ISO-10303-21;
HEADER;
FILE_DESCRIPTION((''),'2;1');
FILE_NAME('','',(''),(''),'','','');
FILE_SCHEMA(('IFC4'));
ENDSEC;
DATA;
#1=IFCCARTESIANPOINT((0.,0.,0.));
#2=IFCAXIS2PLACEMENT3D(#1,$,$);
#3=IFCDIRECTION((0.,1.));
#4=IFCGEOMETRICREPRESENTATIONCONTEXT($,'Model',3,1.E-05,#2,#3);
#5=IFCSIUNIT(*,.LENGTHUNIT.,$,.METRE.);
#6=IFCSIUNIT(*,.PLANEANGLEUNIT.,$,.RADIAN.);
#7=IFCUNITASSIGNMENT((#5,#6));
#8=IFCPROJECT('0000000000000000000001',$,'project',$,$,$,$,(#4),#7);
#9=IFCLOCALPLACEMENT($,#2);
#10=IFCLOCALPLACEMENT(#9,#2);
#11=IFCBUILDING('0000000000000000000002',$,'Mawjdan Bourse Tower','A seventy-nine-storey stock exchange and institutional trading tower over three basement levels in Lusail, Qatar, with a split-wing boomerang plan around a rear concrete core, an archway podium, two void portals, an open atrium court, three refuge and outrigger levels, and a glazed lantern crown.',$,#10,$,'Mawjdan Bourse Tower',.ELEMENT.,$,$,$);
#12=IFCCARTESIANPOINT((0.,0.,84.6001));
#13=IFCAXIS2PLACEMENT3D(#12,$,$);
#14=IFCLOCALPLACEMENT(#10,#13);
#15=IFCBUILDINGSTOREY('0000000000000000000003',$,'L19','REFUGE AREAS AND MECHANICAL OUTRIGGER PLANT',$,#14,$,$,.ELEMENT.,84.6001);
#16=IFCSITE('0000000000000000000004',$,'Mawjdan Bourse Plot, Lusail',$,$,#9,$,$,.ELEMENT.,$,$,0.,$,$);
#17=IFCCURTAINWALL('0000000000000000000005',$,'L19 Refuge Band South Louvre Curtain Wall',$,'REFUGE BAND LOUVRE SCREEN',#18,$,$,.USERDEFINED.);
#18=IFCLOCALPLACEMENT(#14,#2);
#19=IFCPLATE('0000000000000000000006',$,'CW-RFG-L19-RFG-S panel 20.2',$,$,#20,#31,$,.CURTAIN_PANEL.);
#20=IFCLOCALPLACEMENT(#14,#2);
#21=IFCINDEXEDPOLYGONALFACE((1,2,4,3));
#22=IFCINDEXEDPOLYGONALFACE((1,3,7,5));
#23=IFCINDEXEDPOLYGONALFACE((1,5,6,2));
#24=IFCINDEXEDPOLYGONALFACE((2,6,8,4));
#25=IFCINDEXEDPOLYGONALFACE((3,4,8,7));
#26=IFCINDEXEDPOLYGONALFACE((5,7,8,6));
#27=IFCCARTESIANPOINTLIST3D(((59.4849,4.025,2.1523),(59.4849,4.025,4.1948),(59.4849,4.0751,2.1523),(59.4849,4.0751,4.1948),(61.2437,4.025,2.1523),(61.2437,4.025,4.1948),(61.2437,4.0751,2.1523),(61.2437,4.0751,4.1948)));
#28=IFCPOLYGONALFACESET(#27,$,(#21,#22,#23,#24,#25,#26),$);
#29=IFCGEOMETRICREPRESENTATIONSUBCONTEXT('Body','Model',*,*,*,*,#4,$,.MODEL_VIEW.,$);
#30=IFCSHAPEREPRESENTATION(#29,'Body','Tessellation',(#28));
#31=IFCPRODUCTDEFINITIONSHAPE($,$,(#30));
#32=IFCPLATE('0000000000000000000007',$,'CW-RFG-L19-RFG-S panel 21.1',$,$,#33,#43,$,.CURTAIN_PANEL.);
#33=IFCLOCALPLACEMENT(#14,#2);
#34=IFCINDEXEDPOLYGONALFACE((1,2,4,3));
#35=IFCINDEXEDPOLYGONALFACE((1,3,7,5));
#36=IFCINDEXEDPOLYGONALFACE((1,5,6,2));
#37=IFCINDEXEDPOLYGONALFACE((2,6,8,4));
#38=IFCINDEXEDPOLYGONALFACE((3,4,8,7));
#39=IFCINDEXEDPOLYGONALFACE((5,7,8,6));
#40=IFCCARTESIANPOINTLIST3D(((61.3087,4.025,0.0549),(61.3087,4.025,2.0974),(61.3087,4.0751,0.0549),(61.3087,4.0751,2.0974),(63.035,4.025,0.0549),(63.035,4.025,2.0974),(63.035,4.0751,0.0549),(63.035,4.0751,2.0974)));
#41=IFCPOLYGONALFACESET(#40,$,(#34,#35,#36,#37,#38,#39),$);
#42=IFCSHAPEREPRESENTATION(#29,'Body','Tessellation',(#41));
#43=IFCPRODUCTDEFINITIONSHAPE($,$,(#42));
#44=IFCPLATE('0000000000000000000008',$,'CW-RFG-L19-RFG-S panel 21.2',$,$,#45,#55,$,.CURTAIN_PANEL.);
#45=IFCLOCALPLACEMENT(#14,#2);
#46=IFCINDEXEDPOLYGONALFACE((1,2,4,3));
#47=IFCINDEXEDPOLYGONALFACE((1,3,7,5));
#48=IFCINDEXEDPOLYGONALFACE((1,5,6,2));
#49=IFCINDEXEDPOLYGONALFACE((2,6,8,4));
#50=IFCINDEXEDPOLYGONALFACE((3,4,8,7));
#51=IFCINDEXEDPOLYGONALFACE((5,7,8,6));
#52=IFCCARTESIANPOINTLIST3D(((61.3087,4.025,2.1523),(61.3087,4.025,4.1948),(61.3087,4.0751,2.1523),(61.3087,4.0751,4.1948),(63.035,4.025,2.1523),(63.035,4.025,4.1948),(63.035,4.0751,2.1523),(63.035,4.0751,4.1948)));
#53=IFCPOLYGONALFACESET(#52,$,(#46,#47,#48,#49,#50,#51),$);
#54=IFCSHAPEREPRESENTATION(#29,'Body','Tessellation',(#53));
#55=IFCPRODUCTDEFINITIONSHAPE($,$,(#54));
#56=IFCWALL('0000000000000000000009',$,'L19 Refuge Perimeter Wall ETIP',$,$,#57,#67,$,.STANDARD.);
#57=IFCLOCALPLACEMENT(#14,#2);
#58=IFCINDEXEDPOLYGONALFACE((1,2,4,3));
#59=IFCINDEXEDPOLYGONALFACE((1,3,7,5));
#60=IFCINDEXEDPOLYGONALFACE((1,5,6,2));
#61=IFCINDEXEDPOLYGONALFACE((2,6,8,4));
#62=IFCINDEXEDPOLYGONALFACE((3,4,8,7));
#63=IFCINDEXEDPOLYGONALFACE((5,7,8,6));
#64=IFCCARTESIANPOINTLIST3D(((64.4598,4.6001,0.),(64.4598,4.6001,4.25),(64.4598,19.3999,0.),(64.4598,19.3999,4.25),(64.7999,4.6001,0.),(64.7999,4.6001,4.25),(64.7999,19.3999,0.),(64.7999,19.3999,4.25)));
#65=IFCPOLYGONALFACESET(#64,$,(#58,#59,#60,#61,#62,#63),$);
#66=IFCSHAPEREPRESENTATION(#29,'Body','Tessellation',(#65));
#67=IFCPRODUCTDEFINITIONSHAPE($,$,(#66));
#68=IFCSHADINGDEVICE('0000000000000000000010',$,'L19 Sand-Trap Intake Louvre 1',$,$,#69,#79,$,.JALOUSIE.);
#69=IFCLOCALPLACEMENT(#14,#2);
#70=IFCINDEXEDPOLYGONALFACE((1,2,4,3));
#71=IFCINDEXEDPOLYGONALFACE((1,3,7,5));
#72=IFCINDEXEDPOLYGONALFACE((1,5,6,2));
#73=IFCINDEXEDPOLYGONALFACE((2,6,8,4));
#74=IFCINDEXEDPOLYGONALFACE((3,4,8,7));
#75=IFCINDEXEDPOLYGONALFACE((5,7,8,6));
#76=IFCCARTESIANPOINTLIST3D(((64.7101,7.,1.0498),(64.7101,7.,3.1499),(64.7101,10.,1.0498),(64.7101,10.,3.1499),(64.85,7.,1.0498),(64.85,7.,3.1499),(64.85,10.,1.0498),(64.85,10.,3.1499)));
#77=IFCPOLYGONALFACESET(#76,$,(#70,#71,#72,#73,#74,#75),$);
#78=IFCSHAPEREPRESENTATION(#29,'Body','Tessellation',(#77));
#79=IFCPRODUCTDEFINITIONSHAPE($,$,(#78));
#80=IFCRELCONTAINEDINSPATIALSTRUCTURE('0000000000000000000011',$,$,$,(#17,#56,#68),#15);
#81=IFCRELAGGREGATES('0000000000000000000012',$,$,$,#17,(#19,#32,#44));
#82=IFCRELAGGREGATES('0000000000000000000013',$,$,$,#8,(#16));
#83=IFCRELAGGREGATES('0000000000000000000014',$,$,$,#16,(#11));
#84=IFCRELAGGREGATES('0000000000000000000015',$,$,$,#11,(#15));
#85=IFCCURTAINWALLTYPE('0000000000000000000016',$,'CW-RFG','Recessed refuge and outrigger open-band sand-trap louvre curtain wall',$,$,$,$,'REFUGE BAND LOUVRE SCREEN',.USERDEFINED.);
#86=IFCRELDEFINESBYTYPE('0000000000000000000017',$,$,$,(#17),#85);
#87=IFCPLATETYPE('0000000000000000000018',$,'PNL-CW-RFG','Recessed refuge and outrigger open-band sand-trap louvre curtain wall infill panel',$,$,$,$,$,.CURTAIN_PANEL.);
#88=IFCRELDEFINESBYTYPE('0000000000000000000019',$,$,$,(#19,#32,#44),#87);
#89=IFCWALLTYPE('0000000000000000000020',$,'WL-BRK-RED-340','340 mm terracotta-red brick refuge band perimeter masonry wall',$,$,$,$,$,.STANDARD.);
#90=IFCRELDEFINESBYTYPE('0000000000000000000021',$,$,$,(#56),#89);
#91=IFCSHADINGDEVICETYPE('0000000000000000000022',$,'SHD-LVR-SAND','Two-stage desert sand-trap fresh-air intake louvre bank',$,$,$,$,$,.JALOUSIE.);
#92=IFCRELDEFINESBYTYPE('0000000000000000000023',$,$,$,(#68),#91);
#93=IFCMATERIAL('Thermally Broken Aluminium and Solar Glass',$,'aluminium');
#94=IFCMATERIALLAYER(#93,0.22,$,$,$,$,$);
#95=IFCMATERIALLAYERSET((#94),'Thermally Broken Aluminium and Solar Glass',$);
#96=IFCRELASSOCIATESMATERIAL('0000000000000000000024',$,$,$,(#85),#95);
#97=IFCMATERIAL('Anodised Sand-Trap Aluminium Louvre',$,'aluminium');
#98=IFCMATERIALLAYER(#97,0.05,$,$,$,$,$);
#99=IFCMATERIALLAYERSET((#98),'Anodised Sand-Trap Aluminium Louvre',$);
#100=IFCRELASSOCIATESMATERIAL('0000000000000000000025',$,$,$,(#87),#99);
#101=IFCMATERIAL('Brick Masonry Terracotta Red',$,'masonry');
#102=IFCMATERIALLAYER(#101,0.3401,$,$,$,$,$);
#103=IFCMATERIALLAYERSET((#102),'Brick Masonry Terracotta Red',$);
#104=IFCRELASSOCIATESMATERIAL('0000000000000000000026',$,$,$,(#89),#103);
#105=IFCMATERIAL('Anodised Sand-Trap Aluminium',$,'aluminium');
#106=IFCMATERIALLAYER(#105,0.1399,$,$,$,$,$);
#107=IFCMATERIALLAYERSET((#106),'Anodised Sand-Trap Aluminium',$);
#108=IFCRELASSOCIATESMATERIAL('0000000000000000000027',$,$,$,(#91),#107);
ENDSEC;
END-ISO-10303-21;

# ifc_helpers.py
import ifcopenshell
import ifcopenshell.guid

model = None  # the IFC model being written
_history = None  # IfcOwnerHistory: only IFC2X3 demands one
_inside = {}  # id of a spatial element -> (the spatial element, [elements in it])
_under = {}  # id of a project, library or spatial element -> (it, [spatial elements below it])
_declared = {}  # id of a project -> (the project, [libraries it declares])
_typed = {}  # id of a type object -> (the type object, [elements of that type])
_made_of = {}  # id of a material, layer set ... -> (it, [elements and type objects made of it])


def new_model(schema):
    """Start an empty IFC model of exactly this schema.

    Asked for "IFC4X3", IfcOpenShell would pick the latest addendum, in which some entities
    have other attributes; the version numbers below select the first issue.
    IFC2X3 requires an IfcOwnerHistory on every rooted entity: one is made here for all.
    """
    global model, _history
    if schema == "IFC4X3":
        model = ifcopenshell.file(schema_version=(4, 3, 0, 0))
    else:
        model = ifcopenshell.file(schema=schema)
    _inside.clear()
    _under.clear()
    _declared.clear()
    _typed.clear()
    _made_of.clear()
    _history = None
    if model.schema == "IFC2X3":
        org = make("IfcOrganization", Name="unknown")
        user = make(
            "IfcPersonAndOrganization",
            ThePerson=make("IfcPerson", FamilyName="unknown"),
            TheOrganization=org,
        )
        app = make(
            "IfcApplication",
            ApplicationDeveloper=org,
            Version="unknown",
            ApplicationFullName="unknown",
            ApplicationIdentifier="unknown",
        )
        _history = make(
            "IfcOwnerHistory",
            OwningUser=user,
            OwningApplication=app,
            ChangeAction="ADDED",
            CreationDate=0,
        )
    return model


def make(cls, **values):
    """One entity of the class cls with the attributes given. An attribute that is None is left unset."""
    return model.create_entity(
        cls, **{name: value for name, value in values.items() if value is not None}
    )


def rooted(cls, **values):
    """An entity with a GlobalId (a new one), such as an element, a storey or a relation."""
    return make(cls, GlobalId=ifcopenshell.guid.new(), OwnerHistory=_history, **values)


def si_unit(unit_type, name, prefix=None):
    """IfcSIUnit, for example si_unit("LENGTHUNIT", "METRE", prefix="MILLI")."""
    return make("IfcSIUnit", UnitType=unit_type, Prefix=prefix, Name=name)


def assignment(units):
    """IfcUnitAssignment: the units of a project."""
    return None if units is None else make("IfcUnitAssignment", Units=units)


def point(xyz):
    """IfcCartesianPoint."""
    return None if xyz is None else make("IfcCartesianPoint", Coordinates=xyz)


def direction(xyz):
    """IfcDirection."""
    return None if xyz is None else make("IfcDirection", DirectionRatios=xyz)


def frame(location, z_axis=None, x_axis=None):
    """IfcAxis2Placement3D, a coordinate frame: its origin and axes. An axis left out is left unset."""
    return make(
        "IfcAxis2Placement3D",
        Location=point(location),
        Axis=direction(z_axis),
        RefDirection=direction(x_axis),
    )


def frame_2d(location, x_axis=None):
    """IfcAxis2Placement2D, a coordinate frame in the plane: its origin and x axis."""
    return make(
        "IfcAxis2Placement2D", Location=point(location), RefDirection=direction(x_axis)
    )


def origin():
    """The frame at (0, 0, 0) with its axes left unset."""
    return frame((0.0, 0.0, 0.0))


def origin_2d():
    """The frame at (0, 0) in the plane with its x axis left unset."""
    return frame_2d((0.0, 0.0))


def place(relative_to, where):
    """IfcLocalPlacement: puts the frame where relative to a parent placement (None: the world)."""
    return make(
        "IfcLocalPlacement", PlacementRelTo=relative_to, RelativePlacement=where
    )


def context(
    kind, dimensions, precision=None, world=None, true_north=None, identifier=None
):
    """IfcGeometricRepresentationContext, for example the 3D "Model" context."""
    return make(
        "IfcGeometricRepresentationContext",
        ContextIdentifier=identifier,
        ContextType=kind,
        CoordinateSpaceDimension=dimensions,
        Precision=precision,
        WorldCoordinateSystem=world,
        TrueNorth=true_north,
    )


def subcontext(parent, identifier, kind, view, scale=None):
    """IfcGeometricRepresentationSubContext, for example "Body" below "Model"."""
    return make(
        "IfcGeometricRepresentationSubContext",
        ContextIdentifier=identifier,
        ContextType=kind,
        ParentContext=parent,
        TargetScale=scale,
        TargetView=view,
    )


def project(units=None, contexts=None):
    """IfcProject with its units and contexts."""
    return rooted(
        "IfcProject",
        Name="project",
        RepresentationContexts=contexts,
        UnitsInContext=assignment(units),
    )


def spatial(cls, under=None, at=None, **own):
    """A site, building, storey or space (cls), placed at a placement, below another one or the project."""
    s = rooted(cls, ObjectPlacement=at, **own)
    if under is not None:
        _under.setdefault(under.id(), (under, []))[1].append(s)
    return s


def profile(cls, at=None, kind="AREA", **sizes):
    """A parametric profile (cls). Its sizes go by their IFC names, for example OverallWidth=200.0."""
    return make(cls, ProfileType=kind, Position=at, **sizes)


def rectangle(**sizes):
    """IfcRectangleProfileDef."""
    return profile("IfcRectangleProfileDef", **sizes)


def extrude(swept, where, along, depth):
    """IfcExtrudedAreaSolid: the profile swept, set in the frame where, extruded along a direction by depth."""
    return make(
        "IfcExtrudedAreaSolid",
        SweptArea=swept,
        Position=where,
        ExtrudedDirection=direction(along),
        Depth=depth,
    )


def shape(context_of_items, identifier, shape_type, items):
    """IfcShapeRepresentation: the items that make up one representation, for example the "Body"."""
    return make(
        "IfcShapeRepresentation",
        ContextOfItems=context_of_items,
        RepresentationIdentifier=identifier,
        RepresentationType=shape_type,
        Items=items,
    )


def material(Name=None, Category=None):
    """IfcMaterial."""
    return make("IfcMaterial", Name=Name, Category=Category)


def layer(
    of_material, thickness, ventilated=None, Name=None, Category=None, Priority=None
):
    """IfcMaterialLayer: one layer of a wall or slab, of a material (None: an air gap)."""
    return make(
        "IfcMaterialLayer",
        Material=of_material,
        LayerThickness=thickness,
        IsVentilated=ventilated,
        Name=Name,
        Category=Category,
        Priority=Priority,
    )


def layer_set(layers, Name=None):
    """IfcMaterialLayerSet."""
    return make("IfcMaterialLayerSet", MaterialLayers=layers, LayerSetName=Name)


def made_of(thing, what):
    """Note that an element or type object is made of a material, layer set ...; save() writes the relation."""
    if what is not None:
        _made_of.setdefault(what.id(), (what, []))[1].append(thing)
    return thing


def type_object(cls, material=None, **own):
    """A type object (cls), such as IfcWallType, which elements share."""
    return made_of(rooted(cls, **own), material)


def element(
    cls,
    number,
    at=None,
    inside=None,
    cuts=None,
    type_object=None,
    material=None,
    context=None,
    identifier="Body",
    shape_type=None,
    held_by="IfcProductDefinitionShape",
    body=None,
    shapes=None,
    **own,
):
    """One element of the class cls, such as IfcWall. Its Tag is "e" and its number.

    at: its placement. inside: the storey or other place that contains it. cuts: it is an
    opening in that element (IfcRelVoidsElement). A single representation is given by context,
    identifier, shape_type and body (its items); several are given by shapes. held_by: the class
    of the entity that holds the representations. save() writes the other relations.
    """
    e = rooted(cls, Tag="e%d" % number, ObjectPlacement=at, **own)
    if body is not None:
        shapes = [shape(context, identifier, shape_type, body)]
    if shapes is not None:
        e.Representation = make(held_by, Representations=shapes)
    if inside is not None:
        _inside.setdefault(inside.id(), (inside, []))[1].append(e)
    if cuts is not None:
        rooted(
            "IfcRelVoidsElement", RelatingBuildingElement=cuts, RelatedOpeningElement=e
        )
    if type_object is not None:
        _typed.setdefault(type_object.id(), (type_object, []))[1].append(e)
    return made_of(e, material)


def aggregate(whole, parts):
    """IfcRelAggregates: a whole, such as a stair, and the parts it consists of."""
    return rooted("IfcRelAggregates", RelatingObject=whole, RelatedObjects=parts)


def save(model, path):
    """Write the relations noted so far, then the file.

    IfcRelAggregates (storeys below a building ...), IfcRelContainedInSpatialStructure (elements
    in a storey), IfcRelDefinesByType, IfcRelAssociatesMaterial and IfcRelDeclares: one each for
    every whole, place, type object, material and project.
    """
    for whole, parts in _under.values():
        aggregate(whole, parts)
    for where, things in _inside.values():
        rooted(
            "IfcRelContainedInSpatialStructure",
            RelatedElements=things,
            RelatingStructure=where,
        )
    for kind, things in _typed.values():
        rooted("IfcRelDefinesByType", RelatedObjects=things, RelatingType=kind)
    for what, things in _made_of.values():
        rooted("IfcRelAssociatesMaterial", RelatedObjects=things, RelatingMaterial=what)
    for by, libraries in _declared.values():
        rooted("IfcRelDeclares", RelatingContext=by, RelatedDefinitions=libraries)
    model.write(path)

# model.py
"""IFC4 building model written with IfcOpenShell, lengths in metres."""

from ifc_helpers import new_model, si_unit, direction, frame, frame_2d, origin, origin_2d, place, context, subcontext, project, spatial, rectangle, extrude, material, layer, layer_set, type_object, element, aggregate, save


model = new_model("IFC4")

# Units and contexts
model_context = context("Model", 3, precision=1e-05, world=origin(), true_north=direction((0.0, 1.0)))
body_context = subcontext(model_context, "Body", "Model", "MODEL_VIEW")
ifc_project = project(units=[si_unit("LENGTHUNIT", "METRE"), si_unit("PLANEANGLEUNIT", "RADIAN")], contexts=[model_context])

# Site, building, storey
site_placement = place(None, origin())
site = spatial("IfcSite", under=ifc_project, at=site_placement, Name="Mawjdan Bourse Plot, Lusail", CompositionType="ELEMENT", RefElevation=0.0)
building_placement = place(site_placement, origin())
building = spatial("IfcBuilding", under=site, at=building_placement, Name="Mawjdan Bourse Tower", Description="A seventy-nine-storey stock exchange and institutional trading tower over three basement levels in Lusail, Qatar, with a split-wing boomerang plan around a rear concrete core, an archway podium, two void portals, an open atrium court, three refuge and outrigger levels, and a glazed lantern crown.", LongName="Mawjdan Bourse Tower", CompositionType="ELEMENT")
storey_placement = place(building_placement, frame((0.0, 0.0, 84.6001)))
storey = spatial("IfcBuildingStorey", under=building, at=storey_placement, Name="L19", Description="REFUGE AREAS AND MECHANICAL OUTRIGGER PLANT", CompositionType="ELEMENT", Elevation=84.6001)

# Curtain wall
ifc_material_1 = material(Name="Thermally Broken Aluminium and Solar Glass", Category="aluminium")
ifc_layer_1 = layer(ifc_material_1, 0.22)
ifc_layer_set_1 = layer_set([ifc_layer_1], Name="Thermally Broken Aluminium and Solar Glass")
curtain_wall_type = type_object("IfcCurtainWallType", Name="CW-RFG", Description="Recessed refuge and outrigger open-band sand-trap louvre curtain wall", ElementType="REFUGE BAND LOUVRE SCREEN", PredefinedType="USERDEFINED", material=ifc_layer_set_1)
curtain_wall_placement = place(storey_placement, origin())
curtain_wall = element("IfcCurtainWall", 1, at=curtain_wall_placement, inside=storey, type_object=curtain_wall_type, Name="L19 Refuge Band South Louvre Curtain Wall", ObjectType="REFUGE BAND LOUVRE SCREEN", PredefinedType="USERDEFINED")

# Plates
ifc_material_2 = material(Name="Anodised Sand-Trap Aluminium Louvre", Category="aluminium")
ifc_layer_2 = layer(ifc_material_2, 0.05)
ifc_layer_set_2 = layer_set([ifc_layer_2], Name="Anodised Sand-Trap Aluminium Louvre")
plate_type = type_object("IfcPlateType", Name="PNL-CW-RFG", Description="Recessed refuge and outrigger open-band sand-trap louvre curtain wall infill panel", PredefinedType="CURTAIN_PANEL", material=ifc_layer_set_2)
plate_1_placement = place(storey_placement, frame((60.3643, 4.05, 2.1523), z_axis=(0.0, 0.0, 1.0), x_axis=(1.0, 0.0, 0.0)))
plate_1 = element("IfcPlate", 2, at=plate_1_placement, type_object=plate_type, Name="CW-RFG-L19-RFG-S panel 20.2", PredefinedType="CURTAIN_PANEL", context=body_context, shape_type="SweptSolid", body=[
    extrude(rectangle(XDim=1.7588, YDim=0.05, at=origin_2d()), origin(), (0.0, 0.0, 1.0), 2.0425),
])
plate_2_placement = place(storey_placement, frame((62.1719, 4.05, 0.0549), z_axis=(0.0, 0.0, 1.0), x_axis=(1.0, 0.0, 0.0)))
plate_2 = element("IfcPlate", 3, at=plate_2_placement, type_object=plate_type, Name="CW-RFG-L19-RFG-S panel 21.1", PredefinedType="CURTAIN_PANEL", context=body_context, shape_type="SweptSolid", body=[
    extrude(rectangle(XDim=1.7263, YDim=0.05, at=origin_2d()), origin(), (0.0, 0.0, 1.0), 2.0425),
])
plate_3_placement = place(storey_placement, frame((62.1719, 4.05, 2.1523), z_axis=(0.0, 0.0, 1.0), x_axis=(1.0, 0.0, 0.0)))
plate_3 = element("IfcPlate", 4, at=plate_3_placement, type_object=plate_type, Name="CW-RFG-L19-RFG-S panel 21.2", PredefinedType="CURTAIN_PANEL", context=body_context, shape_type="SweptSolid", body=[
    extrude(rectangle(XDim=1.7263, YDim=0.05, at=origin_2d()), origin(), (0.0, 0.0, 1.0), 2.0425),
])
aggregate(curtain_wall, [plate_1, plate_2, plate_3])

# Wall
ifc_material_3 = material(Name="Brick Masonry Terracotta Red", Category="masonry")
ifc_layer_3 = layer(ifc_material_3, 0.3401)
ifc_layer_set_3 = layer_set([ifc_layer_3], Name="Brick Masonry Terracotta Red")
wall_type = type_object("IfcWallType", Name="WL-BRK-RED-340", Description="340 mm terracotta-red brick refuge band perimeter masonry wall", PredefinedType="STANDARD", material=ifc_layer_set_3)
wall_placement = place(storey_placement, frame((64.6299, 4.6001, 0.0), z_axis=(0.0, 0.0, 1.0), x_axis=(0.0, 1.0, 0.0)))
element("IfcWall", 5, at=wall_placement, inside=storey, type_object=wall_type, Name="L19 Refuge Perimeter Wall ETIP", PredefinedType="STANDARD", context=body_context, shape_type="SweptSolid", body=[
    extrude(rectangle(XDim=14.7998, YDim=0.3401, at=frame_2d((7.3999, 0.0))), origin(), (0.0, 0.0, 1.0), 4.25),
])

# Shading device
ifc_material_4 = material(Name="Anodised Sand-Trap Aluminium", Category="aluminium")
ifc_layer_4 = layer(ifc_material_4, 0.1399)
ifc_layer_set_4 = layer_set([ifc_layer_4], Name="Anodised Sand-Trap Aluminium")
shading_device_type = type_object("IfcShadingDeviceType", Name="SHD-LVR-SAND", Description="Two-stage desert sand-trap fresh-air intake louvre bank", PredefinedType="JALOUSIE", material=ifc_layer_set_4)
shading_device_placement = place(storey_placement, frame((64.78, 8.5, 1.0498), z_axis=(0.0, 0.0, 1.0), x_axis=(1.0, 0.0, 0.0)))
element("IfcShadingDevice", 6, at=shading_device_placement, inside=storey, type_object=shading_device_type, Name="L19 Sand-Trap Intake Louvre 1", PredefinedType="JALOUSIE", context=body_context, shape_type="SweptSolid", body=[
    extrude(rectangle(XDim=0.1399, YDim=3.0, at=origin_2d()), origin(), (0.0, 0.0, 1.0), 2.1001),
])

save(model, "model.ifc")
